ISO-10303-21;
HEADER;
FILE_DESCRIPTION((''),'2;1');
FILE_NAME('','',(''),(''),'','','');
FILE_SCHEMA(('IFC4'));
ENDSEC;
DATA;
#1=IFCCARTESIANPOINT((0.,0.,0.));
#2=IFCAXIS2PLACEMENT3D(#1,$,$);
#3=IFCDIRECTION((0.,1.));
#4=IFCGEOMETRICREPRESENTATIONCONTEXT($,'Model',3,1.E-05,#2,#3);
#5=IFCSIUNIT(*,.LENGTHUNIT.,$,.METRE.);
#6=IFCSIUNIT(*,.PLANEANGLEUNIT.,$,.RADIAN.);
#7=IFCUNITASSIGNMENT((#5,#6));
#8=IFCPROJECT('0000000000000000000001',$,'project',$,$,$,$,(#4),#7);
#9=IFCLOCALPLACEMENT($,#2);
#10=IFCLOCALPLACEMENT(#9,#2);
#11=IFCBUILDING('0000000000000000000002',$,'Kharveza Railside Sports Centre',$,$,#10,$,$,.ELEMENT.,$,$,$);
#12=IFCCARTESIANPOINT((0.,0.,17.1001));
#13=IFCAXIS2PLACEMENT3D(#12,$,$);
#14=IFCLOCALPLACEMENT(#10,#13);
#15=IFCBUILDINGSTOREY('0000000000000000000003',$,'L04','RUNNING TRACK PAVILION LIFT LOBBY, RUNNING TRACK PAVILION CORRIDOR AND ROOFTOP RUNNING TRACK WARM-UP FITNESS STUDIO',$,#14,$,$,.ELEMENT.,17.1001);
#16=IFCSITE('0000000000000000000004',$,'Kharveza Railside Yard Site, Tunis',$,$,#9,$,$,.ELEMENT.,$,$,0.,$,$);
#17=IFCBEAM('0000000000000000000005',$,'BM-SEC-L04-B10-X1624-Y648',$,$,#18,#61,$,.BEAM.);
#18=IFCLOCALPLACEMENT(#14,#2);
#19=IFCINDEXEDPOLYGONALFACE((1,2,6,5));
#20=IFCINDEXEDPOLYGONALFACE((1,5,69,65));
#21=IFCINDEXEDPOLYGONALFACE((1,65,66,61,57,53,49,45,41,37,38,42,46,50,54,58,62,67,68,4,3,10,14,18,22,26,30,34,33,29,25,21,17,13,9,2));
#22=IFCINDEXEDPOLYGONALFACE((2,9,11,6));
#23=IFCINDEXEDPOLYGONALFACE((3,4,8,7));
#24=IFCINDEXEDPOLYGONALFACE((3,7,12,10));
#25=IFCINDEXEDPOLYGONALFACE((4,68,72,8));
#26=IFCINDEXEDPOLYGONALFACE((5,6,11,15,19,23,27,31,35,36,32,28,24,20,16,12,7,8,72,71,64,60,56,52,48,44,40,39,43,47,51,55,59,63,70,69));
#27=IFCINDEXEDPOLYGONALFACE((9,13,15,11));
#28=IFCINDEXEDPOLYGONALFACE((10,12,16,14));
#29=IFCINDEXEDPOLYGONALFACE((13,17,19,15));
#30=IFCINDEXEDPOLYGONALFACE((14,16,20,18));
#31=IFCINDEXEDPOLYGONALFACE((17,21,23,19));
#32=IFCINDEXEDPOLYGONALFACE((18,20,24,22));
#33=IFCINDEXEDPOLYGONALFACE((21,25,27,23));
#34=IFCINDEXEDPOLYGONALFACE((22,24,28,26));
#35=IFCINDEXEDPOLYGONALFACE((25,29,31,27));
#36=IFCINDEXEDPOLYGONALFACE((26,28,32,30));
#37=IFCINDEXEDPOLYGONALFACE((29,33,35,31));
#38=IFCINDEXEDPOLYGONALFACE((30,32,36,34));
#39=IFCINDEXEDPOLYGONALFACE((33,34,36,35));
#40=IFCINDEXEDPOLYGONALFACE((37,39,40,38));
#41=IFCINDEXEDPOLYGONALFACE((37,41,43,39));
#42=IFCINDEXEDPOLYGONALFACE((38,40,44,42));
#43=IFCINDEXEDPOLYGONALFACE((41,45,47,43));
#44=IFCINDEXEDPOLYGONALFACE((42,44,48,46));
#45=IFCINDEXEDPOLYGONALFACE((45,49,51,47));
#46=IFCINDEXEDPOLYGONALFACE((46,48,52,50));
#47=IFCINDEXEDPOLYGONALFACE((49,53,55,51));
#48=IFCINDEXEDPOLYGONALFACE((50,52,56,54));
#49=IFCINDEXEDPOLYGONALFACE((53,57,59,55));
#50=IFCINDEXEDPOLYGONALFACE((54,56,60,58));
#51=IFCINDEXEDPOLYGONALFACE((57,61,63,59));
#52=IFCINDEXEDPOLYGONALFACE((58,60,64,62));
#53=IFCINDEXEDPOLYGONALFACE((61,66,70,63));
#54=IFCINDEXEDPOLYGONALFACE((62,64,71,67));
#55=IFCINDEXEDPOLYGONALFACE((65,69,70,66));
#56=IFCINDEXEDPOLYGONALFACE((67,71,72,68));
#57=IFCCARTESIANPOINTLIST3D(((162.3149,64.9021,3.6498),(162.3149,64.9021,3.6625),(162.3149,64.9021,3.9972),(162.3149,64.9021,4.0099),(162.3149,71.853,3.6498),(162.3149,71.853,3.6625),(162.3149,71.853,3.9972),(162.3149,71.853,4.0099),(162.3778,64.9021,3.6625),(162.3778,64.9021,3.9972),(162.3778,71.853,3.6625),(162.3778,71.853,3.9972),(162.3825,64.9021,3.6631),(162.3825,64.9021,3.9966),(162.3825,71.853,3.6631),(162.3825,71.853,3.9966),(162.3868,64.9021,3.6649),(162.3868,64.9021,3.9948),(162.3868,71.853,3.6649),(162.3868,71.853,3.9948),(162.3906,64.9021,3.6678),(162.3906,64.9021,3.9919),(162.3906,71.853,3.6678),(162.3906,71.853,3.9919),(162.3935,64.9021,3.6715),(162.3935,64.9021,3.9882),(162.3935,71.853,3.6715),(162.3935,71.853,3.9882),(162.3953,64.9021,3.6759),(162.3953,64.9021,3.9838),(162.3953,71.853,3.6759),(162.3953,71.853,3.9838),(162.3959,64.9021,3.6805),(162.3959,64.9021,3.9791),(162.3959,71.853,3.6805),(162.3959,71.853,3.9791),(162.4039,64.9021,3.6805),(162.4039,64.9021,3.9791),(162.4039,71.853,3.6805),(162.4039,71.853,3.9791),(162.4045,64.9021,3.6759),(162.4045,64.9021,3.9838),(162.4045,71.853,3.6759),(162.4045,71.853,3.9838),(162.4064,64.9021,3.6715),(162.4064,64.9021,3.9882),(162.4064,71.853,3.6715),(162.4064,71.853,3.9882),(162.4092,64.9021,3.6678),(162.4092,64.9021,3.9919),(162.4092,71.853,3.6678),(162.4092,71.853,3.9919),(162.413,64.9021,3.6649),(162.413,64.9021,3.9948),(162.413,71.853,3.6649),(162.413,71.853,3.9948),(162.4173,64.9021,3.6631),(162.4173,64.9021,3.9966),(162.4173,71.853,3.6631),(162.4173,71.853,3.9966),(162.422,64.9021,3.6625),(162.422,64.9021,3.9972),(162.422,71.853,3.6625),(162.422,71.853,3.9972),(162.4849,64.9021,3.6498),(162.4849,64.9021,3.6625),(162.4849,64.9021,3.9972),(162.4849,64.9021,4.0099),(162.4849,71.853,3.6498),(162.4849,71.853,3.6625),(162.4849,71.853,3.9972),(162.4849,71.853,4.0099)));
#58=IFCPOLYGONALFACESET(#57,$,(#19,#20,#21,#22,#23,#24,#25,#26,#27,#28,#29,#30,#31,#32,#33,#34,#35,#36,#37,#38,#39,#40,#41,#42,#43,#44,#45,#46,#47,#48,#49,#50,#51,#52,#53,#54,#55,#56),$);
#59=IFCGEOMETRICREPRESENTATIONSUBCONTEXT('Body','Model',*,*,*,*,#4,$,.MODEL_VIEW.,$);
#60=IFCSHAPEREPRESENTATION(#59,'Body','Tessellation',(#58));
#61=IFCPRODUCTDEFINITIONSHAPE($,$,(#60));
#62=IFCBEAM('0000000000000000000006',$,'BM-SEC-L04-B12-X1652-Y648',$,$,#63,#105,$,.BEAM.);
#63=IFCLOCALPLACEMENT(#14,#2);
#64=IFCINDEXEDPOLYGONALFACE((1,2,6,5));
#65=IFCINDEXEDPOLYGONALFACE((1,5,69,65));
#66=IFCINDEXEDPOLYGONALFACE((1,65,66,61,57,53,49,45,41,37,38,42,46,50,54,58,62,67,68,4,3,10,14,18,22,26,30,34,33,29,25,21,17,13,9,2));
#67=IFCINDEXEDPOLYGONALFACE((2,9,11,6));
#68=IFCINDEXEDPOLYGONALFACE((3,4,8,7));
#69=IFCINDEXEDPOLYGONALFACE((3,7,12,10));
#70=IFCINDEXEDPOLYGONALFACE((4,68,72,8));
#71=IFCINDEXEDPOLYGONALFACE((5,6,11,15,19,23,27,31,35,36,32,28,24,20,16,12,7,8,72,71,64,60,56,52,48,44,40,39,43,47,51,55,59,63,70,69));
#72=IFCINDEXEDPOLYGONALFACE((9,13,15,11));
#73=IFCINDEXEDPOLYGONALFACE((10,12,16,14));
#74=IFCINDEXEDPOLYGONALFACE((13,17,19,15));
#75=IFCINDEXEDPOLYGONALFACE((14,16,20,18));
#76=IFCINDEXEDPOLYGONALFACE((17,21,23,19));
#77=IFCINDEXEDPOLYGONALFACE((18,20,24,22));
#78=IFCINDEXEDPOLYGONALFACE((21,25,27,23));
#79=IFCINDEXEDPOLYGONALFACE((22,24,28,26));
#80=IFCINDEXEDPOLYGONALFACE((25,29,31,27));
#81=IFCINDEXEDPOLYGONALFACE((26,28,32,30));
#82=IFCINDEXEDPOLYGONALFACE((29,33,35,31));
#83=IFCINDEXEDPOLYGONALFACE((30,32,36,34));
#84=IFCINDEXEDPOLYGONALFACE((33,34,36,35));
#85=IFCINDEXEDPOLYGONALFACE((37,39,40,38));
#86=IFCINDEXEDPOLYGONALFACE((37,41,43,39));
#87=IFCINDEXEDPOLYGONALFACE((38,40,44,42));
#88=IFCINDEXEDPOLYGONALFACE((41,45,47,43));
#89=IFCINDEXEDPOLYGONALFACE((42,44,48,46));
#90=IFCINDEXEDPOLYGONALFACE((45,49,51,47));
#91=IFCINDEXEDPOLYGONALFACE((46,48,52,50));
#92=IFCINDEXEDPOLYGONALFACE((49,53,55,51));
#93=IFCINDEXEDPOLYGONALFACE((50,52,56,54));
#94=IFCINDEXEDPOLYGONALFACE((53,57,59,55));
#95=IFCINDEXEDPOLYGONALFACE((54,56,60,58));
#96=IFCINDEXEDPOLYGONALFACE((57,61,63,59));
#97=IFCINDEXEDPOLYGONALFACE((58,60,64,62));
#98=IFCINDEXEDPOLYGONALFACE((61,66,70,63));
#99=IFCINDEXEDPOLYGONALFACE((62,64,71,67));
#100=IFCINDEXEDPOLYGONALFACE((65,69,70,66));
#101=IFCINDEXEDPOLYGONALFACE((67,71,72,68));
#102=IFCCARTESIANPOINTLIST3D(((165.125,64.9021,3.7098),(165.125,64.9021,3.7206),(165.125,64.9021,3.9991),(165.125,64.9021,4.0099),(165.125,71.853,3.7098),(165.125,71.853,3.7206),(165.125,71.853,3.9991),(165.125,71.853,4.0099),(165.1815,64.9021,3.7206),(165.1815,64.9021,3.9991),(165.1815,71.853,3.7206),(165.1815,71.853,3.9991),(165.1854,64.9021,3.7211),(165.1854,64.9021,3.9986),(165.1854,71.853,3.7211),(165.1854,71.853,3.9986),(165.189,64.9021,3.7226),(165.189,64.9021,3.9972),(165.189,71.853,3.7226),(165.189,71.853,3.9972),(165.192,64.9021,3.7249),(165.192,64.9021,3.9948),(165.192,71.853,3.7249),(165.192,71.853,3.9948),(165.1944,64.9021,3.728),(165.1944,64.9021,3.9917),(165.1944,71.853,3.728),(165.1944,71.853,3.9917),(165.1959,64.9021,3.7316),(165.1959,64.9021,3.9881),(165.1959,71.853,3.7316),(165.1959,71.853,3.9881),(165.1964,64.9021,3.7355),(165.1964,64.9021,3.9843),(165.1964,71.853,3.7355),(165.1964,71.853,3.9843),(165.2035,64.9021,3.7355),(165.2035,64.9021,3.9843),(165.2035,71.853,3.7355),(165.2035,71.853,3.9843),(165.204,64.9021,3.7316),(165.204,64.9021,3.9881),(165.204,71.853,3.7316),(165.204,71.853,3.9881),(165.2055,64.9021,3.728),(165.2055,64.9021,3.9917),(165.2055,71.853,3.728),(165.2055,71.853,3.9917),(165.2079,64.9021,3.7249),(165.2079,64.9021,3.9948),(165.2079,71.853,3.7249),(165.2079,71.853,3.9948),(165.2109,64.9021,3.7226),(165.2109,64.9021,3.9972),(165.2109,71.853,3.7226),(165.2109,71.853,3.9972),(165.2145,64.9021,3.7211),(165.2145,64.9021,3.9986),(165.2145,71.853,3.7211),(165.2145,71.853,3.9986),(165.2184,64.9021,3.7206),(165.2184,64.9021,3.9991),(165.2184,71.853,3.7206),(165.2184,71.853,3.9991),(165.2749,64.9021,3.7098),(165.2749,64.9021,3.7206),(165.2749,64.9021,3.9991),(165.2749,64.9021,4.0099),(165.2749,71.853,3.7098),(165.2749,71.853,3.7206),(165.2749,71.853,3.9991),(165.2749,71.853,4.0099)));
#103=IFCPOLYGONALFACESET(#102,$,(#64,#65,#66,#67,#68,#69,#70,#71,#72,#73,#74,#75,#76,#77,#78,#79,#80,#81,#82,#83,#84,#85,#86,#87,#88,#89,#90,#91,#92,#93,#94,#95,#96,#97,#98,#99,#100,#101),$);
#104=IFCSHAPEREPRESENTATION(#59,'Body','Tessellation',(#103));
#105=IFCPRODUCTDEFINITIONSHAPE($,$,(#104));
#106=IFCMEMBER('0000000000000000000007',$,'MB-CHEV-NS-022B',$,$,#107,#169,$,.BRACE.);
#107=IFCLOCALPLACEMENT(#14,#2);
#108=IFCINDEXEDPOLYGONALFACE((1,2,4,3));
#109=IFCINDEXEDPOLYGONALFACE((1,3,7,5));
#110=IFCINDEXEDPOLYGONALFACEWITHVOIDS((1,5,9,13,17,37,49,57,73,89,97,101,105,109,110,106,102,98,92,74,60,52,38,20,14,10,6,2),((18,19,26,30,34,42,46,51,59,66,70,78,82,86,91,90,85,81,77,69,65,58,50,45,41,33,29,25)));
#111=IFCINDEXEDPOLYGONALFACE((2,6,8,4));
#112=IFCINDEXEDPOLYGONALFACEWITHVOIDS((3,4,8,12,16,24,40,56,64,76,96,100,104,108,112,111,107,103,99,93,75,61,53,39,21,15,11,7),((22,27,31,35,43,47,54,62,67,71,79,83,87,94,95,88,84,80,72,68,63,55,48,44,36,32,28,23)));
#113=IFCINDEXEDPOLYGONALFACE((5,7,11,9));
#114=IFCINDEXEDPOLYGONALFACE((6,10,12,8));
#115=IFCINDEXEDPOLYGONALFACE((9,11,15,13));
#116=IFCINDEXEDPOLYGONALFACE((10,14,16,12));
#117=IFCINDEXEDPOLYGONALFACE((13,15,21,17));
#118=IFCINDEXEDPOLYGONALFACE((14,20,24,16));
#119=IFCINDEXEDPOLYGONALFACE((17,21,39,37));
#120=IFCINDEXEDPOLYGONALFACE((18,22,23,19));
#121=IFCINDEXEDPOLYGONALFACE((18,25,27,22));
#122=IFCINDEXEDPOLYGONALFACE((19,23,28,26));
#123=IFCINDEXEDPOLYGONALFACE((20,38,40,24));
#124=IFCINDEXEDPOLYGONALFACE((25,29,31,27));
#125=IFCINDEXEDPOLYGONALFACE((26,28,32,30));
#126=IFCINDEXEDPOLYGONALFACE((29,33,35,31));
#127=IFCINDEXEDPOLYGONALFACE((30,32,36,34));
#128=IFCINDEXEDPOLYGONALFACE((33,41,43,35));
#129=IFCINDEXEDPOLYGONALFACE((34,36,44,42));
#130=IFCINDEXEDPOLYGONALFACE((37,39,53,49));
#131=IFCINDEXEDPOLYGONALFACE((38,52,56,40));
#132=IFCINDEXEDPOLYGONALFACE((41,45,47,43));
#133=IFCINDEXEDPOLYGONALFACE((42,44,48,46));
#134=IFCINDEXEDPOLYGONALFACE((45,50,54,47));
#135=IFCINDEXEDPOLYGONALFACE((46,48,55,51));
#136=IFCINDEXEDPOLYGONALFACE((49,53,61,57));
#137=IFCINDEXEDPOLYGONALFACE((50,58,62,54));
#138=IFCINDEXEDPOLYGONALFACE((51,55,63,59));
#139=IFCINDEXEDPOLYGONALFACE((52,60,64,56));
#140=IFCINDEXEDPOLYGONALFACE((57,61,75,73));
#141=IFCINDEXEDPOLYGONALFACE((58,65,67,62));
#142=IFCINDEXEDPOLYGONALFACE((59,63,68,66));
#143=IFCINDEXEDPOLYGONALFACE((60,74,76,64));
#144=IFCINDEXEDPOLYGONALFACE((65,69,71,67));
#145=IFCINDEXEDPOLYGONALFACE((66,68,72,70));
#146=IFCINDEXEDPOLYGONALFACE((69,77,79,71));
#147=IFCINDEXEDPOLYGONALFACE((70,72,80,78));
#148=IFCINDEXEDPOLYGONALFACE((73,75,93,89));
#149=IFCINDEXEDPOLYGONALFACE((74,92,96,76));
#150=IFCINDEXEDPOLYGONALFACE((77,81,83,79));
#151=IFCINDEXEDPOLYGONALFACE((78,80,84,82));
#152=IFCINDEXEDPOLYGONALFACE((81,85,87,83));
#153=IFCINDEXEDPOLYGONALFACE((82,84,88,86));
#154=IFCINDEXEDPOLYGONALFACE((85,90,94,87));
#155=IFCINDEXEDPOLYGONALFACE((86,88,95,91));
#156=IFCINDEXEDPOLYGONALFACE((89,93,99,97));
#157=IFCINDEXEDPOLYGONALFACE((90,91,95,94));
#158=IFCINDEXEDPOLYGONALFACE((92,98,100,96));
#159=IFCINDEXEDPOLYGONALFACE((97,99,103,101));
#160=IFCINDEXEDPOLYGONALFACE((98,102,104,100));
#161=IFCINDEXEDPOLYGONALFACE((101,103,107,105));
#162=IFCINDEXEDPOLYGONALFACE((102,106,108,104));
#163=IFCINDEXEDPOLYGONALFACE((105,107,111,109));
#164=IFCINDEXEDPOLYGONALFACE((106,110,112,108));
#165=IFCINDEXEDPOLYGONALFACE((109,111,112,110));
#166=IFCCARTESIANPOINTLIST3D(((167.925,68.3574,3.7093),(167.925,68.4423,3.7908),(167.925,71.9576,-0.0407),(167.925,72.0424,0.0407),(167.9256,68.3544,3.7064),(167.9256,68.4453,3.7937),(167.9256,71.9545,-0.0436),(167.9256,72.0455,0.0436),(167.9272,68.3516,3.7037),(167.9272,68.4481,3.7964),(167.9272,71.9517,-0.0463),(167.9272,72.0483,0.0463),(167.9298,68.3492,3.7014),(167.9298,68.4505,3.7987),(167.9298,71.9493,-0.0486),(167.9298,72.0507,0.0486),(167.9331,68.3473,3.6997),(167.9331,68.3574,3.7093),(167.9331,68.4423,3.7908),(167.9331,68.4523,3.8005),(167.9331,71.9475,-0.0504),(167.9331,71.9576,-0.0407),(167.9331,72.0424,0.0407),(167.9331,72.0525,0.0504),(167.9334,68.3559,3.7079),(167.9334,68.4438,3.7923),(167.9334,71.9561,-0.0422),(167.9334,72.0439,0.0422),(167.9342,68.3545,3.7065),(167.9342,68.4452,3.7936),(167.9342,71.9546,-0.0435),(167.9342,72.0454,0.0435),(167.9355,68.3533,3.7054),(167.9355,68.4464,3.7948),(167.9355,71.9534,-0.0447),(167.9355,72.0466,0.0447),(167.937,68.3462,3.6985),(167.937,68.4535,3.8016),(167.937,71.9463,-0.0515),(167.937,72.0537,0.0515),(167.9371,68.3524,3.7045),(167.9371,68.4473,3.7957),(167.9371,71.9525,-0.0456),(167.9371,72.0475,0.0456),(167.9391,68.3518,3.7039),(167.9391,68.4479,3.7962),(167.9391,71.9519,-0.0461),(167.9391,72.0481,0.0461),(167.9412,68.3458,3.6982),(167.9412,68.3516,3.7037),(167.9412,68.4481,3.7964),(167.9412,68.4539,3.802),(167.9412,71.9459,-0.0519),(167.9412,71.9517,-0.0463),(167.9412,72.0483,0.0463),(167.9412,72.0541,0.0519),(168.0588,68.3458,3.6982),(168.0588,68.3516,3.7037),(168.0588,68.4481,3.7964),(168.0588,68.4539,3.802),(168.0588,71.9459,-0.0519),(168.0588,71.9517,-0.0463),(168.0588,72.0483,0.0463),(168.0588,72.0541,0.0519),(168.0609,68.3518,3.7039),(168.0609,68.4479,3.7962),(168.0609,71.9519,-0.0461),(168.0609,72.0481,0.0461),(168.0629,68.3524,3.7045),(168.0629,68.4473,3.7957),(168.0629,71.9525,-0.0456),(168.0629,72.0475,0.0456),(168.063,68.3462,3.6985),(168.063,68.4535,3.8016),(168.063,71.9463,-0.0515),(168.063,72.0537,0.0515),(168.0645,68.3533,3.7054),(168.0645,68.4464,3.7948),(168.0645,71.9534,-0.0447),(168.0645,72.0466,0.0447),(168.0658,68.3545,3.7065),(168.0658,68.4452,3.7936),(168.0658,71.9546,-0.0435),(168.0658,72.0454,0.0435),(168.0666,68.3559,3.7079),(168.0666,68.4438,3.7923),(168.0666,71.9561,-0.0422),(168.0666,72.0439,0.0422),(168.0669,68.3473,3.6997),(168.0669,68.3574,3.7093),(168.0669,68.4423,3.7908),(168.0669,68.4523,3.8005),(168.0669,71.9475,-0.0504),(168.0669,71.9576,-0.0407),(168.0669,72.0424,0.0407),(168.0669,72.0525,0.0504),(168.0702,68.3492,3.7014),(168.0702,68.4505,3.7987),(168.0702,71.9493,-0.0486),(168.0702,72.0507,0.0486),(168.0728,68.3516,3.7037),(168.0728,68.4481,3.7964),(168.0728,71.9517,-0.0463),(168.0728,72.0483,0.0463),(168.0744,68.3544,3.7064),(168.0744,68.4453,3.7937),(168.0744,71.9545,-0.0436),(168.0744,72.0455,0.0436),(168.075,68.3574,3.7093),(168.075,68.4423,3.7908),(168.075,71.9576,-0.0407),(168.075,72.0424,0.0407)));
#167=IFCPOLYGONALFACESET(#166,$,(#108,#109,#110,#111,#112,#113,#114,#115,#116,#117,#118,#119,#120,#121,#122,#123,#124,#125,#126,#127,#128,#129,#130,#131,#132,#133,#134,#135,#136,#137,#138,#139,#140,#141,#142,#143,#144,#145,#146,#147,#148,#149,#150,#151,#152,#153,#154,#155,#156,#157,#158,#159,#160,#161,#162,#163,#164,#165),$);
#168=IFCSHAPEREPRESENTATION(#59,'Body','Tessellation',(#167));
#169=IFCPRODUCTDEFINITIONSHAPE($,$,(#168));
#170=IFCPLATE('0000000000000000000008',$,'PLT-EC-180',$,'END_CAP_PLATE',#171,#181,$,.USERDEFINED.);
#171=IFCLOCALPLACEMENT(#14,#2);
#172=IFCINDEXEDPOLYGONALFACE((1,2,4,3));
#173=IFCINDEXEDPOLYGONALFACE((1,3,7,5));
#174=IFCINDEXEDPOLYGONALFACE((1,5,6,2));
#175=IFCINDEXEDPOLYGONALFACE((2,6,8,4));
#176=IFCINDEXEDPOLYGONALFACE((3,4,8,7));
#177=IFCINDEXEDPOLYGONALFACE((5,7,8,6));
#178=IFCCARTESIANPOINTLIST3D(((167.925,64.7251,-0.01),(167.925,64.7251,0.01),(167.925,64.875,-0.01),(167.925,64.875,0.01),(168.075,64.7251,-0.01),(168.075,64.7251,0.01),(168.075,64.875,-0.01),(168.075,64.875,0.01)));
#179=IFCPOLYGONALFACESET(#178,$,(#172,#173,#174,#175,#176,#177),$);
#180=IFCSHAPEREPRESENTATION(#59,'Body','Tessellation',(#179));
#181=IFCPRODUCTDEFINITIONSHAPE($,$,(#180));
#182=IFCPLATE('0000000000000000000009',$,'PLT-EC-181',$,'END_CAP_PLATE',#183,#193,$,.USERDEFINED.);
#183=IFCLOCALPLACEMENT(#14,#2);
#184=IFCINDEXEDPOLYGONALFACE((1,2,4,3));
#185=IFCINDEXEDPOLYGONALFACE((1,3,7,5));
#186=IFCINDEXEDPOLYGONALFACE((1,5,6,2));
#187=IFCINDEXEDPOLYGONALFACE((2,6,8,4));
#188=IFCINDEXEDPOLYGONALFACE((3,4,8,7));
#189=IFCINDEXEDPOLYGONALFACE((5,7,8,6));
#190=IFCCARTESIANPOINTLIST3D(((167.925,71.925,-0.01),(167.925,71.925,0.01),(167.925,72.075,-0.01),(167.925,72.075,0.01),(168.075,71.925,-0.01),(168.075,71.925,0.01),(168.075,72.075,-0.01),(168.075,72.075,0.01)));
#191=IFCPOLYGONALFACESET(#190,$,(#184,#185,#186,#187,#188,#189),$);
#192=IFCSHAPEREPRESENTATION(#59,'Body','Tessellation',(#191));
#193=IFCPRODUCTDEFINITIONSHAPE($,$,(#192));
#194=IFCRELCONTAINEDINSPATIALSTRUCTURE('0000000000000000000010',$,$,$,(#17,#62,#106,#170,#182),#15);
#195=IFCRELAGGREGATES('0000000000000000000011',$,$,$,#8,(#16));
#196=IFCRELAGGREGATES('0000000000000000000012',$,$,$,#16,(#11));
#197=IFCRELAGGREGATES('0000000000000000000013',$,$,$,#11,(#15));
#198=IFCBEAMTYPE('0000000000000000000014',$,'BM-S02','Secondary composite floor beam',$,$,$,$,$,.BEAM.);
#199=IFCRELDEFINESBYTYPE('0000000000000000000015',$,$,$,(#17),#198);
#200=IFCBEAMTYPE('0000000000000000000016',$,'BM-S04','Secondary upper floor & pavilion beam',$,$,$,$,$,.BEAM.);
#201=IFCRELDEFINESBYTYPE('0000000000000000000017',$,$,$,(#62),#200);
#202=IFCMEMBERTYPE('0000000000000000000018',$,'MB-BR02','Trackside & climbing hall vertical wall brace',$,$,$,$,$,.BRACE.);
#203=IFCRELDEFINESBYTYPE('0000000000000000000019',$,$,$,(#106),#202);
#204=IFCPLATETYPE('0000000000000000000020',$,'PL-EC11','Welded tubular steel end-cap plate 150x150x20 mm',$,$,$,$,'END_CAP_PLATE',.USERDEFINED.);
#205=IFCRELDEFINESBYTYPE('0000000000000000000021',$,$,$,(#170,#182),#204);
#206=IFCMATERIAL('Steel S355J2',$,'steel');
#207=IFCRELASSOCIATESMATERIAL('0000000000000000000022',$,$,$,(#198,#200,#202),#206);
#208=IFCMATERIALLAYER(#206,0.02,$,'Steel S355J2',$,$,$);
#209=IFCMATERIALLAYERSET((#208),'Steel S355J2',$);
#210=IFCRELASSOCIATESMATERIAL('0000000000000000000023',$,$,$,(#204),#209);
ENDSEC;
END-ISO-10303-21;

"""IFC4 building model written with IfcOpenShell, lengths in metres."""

from ifc_helpers import new_model, si_unit, direction, frame, origin, origin_2d, place, context, subcontext, project, spatial, rectangle, hollow_rectangle, i_section, extrude, material, layer, layer_set, material_profile, profile_set, type_object, element, save


model = new_model("IFC4")

# Units and contexts
model_context = context("Model", 3, precision=1e-05, world=origin(), true_north=direction((0.0, 1.0)))
body_context = subcontext(model_context, "Body", "Model", "MODEL_VIEW")
ifc_project = project(units=[si_unit("LENGTHUNIT", "METRE"), si_unit("PLANEANGLEUNIT", "RADIAN")], contexts=[model_context])

# Site, building, storey
site_placement = place(None, origin())
site = spatial("IfcSite", under=ifc_project, at=site_placement, Name="Kharveza Railside Yard Site, Tunis", CompositionType="ELEMENT", RefElevation=0.0)
building_placement = place(site_placement, origin())
building = spatial("IfcBuilding", under=site, at=building_placement, Name="Kharveza Railside Sports Centre", CompositionType="ELEMENT")
storey_placement = place(building_placement, frame((0.0, 0.0, 17.1001)))
storey = spatial("IfcBuildingStorey", under=building, at=storey_placement, Name="L04", Description="RUNNING TRACK PAVILION LIFT LOBBY, RUNNING TRACK PAVILION CORRIDOR AND ROOFTOP RUNNING TRACK WARM-UP FITNESS STUDIO", CompositionType="ELEMENT", Elevation=17.1001)

# Shared definitions
ifc_material_1 = material(Name="Steel S355J2", Category="steel")

# Beams
ifc_material_profile_1 = material_profile(ifc_material_1, i_section(OverallWidth=0.1699, OverallDepth=0.3601, WebThickness=0.0081, FlangeThickness=0.0127, FilletRadius=0.0181, at=origin_2d()), Name="IPE 360")
ifc_profile_set_1 = profile_set([ifc_material_profile_1], Name="Steel S355J2")
beam_type_1 = type_object("IfcBeamType", Name="BM-S02", Description="Secondary composite floor beam", PredefinedType="BEAM", material=ifc_profile_set_1)
for number, where, z_axis, x_axis, name in (
    (1, (162.3999, 64.9021, 3.8298), (0.0, 1.0, 0.0), (-1.0, 0.0, 0.0), "BM-SEC-L04-B10-X1624-Y648"),
):
    element("IfcBeam", number, at=place(storey_placement, frame(where, z_axis=z_axis, x_axis=x_axis)), inside=storey, type_object=beam_type_1, Name=name, PredefinedType="BEAM", context=body_context, shape_type="SweptSolid", body=[
        extrude(i_section(OverallWidth=0.1699, OverallDepth=0.3601, WebThickness=0.0081, FlangeThickness=0.0127, FilletRadius=0.0181, at=origin_2d()), origin(), (0.0, 0.0, 1.0), 6.9509),
    ])
ifc_material_profile_2 = material_profile(ifc_material_1, i_section(OverallWidth=0.1499, OverallDepth=0.3, WebThickness=0.0071, FlangeThickness=0.0107, FilletRadius=0.0149, at=origin_2d()), Name="IPE 300")
ifc_profile_set_2 = profile_set([ifc_material_profile_2], Name="Steel S355J2")
beam_type_2 = type_object("IfcBeamType", Name="BM-S04", Description="Secondary upper floor & pavilion beam", PredefinedType="BEAM", material=ifc_profile_set_2)
beam_1_placement = place(storey_placement, frame((165.2, 64.9021, 3.8599), z_axis=(0.0, 1.0, 0.0), x_axis=(-1.0, 0.0, 0.0)))
element("IfcBeam", 2, at=beam_1_placement, inside=storey, type_object=beam_type_2, Name="BM-SEC-L04-B12-X1652-Y648", PredefinedType="BEAM", context=body_context, shape_type="SweptSolid", body=[
    extrude(i_section(OverallWidth=0.1499, OverallDepth=0.3, WebThickness=0.0071, FlangeThickness=0.0107, FilletRadius=0.0149, at=origin_2d()), origin(), (0.0, 0.0, 1.0), 6.9509),
])

# Member
ifc_material_profile_3 = material_profile(ifc_material_1, hollow_rectangle(XDim=0.1499, YDim=0.1499, WallThickness=0.0081, InnerFilletRadius=0.0081, OuterFilletRadius=0.0161, at=origin_2d()), Name="SHS 150x150x8.0")
ifc_profile_set_3 = profile_set([ifc_material_profile_3], Name="Steel S355J2")
member_type = type_object("IfcMemberType", Name="MB-BR02", Description="Trackside & climbing hall vertical wall brace", PredefinedType="BRACE", material=ifc_profile_set_3)
member_placement = place(storey_placement, frame((168.0, 72.0, 0.0), z_axis=(0.0, -0.692542, 0.721378), x_axis=(1.0, 0.0, 0.0)))
element("IfcMember", 3, at=member_placement, inside=storey, type_object=member_type, Name="MB-CHEV-NS-022B", PredefinedType="BRACE", context=body_context, shape_type="SweptSolid", body=[
    extrude(hollow_rectangle(XDim=0.1499, YDim=0.1499, WallThickness=0.0081, InnerFilletRadius=0.0081, OuterFilletRadius=0.0161, at=origin_2d()), origin(), (0.0, 0.0, 1.0), 5.1985),
])

# Plates
ifc_layer_1 = layer(ifc_material_1, 0.02, Name="Steel S355J2")
ifc_layer_set_1 = layer_set([ifc_layer_1], Name="Steel S355J2")
plate_type_1 = type_object("IfcPlateType", Name="PL-EC11", Description="Welded tubular steel end-cap plate 150x150x20 mm", ElementType="END_CAP_PLATE", PredefinedType="USERDEFINED", material=ifc_layer_set_1)
for number, where, z_axis, x_axis, name in (
    (4, (168.0, 64.8, -0.01), (0.0, 0.0, 1.0), (1.0, 0.0, 0.0), "PLT-EC-180"),
    (5, (168.0, 72.0, -0.01), (0.0, 0.0, 1.0), (1.0, 0.0, 0.0), "PLT-EC-181"),
):
    element("IfcPlate", number, at=place(storey_placement, frame(where, z_axis=z_axis, x_axis=x_axis)), inside=storey, type_object=plate_type_1, Name=name, ObjectType="END_CAP_PLATE", PredefinedType="USERDEFINED", context=body_context, shape_type="SweptSolid", body=[
        extrude(rectangle(XDim=0.1499, YDim=0.1499, at=origin_2d()), origin(), (0.0, 0.0, 1.0), 0.02),
    ])

save(model, "model.ifc")
